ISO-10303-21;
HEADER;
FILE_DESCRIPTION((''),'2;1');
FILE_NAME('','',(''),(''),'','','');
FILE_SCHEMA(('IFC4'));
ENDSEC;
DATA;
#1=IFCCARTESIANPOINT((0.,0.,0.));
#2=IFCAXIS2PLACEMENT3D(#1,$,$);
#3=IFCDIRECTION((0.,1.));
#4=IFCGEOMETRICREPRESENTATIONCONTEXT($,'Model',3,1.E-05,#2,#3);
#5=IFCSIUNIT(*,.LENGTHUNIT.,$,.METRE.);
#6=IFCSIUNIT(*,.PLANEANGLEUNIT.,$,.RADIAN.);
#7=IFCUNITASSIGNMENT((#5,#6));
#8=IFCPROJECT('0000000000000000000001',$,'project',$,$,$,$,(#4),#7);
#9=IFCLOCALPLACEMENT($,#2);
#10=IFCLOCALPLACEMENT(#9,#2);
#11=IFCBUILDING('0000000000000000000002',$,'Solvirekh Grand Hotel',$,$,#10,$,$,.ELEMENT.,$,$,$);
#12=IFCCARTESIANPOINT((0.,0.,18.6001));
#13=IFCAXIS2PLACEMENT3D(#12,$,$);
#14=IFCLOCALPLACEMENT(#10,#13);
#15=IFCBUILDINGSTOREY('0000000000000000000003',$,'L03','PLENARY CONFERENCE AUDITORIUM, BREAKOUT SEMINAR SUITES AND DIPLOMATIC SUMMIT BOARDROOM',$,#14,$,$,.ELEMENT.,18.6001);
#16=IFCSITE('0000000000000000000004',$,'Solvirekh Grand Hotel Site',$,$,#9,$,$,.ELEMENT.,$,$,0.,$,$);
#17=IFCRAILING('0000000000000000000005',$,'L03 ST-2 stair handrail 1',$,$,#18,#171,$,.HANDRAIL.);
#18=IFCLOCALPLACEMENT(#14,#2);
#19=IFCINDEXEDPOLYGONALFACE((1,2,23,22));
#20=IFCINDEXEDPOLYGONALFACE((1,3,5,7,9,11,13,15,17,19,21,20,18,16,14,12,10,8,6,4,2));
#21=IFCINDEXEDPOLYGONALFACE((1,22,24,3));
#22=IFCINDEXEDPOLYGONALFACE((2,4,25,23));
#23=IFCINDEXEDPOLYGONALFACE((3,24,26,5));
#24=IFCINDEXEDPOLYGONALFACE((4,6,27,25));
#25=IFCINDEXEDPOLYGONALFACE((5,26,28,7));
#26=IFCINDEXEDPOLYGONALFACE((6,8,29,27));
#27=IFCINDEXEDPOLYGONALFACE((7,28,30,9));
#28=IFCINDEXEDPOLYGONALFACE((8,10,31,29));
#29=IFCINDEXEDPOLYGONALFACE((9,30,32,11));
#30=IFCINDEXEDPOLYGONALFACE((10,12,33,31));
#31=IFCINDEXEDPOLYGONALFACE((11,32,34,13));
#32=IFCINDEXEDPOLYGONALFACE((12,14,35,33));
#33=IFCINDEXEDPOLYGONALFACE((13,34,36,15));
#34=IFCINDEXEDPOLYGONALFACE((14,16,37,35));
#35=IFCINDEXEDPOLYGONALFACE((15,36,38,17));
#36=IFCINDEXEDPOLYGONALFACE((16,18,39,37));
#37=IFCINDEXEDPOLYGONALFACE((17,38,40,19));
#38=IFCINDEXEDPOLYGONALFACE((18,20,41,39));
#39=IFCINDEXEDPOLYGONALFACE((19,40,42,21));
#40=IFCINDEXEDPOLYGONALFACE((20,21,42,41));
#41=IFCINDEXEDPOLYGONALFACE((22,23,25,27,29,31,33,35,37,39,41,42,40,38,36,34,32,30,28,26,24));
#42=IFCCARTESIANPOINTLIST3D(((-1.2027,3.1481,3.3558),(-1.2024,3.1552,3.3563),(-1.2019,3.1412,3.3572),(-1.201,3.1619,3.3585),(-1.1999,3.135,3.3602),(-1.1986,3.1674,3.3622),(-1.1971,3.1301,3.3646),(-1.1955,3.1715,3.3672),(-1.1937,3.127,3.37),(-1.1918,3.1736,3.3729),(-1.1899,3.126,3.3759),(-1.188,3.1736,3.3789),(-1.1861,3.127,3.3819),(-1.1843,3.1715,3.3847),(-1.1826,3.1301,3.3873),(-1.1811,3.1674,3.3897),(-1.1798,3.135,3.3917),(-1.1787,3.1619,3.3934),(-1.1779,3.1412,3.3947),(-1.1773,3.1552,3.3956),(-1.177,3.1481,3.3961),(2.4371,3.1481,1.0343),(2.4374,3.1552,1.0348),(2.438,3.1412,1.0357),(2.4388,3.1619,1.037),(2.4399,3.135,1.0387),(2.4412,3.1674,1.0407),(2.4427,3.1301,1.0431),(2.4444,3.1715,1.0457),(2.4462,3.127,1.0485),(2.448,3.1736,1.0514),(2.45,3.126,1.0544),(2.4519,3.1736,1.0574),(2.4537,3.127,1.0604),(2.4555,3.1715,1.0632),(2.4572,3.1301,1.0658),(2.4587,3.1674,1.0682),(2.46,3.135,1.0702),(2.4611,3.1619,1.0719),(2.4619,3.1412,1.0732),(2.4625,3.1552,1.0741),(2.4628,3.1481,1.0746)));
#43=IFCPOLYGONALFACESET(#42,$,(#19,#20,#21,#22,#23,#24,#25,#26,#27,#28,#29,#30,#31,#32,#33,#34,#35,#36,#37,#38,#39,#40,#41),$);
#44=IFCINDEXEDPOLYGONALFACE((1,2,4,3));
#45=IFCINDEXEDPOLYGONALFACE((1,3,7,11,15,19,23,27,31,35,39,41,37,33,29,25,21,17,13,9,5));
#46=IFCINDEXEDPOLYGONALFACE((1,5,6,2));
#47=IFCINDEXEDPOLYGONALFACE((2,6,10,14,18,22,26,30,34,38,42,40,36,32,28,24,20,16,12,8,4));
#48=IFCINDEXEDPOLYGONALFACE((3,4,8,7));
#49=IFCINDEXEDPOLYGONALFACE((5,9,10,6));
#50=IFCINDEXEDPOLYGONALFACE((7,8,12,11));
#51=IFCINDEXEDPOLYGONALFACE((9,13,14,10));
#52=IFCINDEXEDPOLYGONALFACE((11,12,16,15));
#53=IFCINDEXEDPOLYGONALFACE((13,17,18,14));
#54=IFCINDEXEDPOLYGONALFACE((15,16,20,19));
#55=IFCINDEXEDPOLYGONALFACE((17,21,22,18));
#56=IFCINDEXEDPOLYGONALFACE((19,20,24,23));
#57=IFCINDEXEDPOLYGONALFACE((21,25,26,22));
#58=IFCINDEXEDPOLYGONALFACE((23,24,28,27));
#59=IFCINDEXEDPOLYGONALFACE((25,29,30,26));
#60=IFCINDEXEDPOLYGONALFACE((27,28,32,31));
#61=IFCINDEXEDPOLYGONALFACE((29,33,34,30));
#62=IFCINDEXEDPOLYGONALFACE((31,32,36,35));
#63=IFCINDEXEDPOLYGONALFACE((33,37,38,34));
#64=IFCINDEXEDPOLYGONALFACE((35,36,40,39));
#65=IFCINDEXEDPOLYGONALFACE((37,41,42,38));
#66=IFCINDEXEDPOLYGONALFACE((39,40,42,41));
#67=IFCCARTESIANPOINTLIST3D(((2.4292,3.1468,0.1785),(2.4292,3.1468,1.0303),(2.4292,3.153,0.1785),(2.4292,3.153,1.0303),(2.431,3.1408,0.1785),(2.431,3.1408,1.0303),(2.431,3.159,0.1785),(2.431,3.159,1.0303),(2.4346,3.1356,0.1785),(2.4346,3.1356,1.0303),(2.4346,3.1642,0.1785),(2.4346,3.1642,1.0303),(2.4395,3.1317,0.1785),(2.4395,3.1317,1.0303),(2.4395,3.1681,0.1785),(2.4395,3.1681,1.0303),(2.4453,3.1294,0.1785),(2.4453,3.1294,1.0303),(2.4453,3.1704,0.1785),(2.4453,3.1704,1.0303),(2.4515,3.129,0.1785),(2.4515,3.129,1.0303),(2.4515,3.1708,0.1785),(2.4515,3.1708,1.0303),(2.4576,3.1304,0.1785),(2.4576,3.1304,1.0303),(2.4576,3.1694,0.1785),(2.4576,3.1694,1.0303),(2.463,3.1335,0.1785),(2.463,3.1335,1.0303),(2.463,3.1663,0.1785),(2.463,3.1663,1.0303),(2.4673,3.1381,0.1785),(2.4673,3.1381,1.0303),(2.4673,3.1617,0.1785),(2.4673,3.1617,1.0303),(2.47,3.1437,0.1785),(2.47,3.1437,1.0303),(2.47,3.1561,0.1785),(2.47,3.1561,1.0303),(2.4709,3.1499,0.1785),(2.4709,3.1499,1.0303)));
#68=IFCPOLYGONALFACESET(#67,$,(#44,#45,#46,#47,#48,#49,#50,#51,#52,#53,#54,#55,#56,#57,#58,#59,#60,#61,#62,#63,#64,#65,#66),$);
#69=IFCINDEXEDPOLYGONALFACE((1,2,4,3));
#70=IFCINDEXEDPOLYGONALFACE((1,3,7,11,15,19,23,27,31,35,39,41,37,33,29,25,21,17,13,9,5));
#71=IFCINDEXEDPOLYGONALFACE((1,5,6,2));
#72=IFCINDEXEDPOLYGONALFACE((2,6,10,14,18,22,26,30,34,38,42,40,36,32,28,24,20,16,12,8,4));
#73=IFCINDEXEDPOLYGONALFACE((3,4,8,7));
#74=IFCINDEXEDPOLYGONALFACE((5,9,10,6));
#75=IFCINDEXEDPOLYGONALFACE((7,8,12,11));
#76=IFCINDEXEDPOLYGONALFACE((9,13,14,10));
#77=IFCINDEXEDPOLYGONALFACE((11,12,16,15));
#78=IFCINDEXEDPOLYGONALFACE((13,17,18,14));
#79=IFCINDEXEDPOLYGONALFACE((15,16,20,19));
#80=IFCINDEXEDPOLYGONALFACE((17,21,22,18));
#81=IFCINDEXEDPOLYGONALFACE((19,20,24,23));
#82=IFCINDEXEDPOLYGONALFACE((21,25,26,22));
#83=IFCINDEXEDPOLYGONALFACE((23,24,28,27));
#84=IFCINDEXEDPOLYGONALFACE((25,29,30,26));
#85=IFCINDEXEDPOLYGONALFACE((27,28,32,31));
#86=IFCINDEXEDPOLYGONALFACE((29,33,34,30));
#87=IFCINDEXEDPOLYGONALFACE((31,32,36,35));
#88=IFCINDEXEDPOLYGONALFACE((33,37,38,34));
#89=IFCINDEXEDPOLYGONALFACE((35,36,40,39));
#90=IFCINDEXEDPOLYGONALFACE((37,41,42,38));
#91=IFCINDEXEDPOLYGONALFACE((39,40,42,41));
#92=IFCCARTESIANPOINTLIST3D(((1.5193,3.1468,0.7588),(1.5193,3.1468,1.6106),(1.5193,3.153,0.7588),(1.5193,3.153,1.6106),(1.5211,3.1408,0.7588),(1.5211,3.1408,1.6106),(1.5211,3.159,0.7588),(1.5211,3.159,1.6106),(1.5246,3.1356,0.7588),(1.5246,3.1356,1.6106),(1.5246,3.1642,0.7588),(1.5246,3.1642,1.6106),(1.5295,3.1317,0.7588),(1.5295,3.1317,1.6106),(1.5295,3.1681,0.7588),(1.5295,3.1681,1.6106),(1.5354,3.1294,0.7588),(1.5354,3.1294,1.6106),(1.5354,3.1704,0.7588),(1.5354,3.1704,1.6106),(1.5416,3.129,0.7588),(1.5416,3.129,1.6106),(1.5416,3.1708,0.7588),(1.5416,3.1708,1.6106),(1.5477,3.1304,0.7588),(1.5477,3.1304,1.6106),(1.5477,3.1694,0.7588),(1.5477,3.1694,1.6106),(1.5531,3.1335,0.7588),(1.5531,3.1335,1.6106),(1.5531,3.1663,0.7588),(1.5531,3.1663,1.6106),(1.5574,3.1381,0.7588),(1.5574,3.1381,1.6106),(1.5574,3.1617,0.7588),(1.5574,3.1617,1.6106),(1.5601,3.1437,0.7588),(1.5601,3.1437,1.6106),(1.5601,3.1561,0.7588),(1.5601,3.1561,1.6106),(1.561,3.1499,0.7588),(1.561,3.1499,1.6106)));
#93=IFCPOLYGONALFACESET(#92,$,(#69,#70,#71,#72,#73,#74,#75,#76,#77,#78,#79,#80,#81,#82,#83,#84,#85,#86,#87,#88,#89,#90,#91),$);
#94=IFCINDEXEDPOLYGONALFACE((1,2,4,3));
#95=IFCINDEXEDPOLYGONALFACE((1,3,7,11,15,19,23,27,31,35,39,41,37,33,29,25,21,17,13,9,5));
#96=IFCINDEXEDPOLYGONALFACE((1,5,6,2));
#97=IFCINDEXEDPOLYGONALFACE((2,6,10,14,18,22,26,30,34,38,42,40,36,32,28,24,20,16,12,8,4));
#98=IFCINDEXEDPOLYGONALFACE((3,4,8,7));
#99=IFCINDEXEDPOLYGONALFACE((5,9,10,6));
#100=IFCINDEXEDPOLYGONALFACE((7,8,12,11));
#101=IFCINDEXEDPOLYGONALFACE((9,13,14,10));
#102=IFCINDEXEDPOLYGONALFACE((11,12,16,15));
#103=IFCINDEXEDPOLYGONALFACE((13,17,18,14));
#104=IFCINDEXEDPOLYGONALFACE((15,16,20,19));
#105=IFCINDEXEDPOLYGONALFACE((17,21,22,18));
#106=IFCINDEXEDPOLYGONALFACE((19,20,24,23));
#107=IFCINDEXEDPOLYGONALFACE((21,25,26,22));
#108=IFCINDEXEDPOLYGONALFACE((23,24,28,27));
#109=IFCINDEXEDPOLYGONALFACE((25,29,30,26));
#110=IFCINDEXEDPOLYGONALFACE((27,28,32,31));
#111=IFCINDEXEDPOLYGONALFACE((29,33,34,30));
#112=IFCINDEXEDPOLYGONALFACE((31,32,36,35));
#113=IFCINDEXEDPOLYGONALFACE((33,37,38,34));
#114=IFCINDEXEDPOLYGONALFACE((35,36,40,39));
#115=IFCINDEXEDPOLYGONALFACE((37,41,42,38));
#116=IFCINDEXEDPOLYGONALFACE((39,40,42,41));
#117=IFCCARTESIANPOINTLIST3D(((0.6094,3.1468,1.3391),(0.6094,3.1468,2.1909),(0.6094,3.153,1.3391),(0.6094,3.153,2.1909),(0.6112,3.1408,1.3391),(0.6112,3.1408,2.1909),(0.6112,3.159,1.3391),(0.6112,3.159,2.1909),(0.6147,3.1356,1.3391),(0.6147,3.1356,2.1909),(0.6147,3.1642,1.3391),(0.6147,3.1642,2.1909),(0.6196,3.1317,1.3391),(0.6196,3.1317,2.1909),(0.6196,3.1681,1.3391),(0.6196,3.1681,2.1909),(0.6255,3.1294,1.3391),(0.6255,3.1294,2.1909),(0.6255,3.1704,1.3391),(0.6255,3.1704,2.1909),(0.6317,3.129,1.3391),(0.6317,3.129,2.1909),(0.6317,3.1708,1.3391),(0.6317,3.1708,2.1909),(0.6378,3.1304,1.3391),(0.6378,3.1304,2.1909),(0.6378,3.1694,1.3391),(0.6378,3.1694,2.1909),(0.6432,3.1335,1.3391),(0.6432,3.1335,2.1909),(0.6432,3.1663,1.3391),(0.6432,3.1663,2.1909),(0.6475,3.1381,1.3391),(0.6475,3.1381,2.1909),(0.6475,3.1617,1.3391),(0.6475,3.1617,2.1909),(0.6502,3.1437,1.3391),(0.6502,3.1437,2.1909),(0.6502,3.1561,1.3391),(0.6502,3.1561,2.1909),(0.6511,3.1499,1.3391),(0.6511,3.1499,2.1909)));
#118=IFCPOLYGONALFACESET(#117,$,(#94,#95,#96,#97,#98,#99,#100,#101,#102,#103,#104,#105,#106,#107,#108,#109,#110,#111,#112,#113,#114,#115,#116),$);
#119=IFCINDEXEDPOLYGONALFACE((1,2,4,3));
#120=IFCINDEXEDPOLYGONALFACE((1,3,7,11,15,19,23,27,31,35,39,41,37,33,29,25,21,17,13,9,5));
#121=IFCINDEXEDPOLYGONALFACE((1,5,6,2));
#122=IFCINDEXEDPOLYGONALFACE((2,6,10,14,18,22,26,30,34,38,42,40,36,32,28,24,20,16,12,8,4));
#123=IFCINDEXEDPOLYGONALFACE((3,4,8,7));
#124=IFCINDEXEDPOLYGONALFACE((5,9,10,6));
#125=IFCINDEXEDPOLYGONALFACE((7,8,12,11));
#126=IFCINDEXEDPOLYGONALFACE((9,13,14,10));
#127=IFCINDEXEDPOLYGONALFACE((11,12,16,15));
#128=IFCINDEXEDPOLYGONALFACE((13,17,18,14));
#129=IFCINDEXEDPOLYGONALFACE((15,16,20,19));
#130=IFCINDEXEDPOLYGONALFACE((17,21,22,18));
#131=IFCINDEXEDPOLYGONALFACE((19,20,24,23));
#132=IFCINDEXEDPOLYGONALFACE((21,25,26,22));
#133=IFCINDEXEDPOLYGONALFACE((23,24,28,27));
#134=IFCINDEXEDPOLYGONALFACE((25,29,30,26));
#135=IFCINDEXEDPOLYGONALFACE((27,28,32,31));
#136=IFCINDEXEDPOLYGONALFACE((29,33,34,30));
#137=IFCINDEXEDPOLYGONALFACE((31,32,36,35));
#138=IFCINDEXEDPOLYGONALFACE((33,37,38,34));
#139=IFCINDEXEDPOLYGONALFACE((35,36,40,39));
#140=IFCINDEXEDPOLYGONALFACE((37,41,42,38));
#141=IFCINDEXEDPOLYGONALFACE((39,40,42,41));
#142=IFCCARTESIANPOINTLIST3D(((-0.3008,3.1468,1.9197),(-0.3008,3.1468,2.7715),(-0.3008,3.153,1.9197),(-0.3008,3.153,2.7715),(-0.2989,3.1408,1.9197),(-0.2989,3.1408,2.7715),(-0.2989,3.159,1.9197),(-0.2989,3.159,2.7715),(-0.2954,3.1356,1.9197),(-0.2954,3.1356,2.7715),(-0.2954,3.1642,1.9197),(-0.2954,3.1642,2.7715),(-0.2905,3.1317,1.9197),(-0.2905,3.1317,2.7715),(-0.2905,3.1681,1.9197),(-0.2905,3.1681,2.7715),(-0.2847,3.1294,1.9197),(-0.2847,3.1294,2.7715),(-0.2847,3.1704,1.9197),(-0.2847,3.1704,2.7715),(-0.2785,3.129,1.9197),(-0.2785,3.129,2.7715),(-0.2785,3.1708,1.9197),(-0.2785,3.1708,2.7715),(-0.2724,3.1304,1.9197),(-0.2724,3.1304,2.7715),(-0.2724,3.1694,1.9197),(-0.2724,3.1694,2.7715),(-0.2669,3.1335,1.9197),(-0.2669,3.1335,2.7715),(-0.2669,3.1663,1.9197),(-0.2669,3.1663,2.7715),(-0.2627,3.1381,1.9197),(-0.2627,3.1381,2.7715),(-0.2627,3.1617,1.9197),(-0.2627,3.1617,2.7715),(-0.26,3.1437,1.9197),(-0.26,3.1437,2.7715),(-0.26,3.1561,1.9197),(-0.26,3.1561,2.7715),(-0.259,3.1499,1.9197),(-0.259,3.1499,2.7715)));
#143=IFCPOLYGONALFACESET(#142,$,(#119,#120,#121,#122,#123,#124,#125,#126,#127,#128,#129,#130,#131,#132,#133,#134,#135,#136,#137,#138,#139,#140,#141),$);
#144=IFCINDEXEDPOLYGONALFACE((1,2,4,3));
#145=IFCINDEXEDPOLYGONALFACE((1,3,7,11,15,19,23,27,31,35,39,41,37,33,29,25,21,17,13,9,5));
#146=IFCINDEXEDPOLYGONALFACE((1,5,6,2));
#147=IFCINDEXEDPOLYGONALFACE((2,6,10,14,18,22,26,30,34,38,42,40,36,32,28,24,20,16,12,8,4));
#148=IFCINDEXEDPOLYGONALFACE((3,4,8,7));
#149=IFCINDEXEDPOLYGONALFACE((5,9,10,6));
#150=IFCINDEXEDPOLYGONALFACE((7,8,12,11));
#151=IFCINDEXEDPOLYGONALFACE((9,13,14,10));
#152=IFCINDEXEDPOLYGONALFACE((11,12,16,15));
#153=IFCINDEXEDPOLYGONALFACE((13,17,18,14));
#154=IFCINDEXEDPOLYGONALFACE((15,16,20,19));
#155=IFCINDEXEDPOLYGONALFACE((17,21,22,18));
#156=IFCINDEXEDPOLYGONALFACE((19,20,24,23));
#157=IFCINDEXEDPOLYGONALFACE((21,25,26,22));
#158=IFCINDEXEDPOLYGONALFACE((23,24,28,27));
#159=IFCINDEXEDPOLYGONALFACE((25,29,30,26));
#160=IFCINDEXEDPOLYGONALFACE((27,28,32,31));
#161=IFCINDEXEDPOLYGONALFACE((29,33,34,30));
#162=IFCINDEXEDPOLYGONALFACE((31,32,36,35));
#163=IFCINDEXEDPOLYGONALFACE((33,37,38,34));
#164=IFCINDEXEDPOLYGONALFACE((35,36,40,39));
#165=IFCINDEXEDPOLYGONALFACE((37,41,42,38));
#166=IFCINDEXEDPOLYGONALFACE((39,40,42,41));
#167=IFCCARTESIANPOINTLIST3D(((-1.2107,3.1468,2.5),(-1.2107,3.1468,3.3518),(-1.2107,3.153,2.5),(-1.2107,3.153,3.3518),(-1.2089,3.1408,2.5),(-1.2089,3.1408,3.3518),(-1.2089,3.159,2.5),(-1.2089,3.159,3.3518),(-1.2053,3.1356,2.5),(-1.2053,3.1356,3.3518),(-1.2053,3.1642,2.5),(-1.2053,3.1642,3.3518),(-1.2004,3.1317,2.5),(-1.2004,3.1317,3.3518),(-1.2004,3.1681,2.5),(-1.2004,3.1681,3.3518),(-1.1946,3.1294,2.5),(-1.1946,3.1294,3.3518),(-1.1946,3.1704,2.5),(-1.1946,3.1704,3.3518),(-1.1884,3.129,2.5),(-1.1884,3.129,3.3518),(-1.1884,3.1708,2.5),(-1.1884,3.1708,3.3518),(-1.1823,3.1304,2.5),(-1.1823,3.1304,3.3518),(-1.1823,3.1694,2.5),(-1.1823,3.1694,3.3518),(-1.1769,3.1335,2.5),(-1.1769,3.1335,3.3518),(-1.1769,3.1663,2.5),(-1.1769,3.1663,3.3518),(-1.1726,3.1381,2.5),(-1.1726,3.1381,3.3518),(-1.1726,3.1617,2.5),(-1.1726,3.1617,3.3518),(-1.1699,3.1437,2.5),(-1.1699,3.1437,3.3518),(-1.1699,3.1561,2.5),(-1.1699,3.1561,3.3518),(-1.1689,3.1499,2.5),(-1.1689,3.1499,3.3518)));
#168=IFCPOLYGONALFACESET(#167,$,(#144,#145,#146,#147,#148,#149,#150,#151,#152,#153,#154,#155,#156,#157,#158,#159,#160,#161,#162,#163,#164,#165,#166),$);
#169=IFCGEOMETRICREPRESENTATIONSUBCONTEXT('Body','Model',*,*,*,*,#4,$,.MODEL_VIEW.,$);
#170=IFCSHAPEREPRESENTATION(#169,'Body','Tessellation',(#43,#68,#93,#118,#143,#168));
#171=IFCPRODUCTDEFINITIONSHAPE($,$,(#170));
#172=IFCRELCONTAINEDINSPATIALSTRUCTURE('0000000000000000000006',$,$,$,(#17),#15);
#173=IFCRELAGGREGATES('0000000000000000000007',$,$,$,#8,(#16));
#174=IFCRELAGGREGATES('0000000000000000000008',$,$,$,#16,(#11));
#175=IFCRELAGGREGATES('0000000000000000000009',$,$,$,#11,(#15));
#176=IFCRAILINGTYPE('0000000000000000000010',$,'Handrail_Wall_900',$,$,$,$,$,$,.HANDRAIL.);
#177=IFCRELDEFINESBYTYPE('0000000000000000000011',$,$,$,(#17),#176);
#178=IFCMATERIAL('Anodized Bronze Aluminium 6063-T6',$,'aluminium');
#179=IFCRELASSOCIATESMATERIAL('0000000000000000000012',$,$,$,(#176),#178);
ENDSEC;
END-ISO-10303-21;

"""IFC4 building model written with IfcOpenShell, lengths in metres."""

from ifc_helpers import new_model, si_unit, direction, frame, origin, origin_2d, place, context, subcontext, project, spatial, circle, extrude, material, type_object, element, save


model = new_model("IFC4")

# Units and contexts
model_context = context("Model", 3, precision=1e-05, world=origin(), true_north=direction((0.0, 1.0)))
body_context = subcontext(model_context, "Body", "Model", "MODEL_VIEW")
ifc_project = project(units=[si_unit("LENGTHUNIT", "METRE"), si_unit("PLANEANGLEUNIT", "RADIAN")], contexts=[model_context])

# Site, building, storey
site_placement = place(None, origin())
site = spatial("IfcSite", under=ifc_project, at=site_placement, Name="Solvirekh Grand Hotel Site", CompositionType="ELEMENT", RefElevation=0.0)
building_placement = place(site_placement, origin())
building = spatial("IfcBuilding", under=site, at=building_placement, Name="Solvirekh Grand Hotel", CompositionType="ELEMENT")
storey_placement = place(building_placement, frame((0.0, 0.0, 18.6001)))
storey = spatial("IfcBuildingStorey", under=building, at=storey_placement, Name="L03", Description="PLENARY CONFERENCE AUDITORIUM, BREAKOUT SEMINAR SUITES AND DIPLOMATIC SUMMIT BOARDROOM", CompositionType="ELEMENT", Elevation=18.6001)

# Railing
ifc_material_1 = material(Name="Anodized Bronze Aluminium 6063-T6", Category="aluminium")
railing_type_1 = type_object("IfcRailingType", Name="Handrail_Wall_900", PredefinedType="HANDRAIL", material=ifc_material_1)
railing_1_placement = place(storey_placement, frame((2.45, 3.1499, 0.1785)))
element("IfcRailing", 1, at=railing_1_placement, inside=storey, type_object=railing_type_1, Name="L03 ST-2 stair handrail 1", PredefinedType="HANDRAIL", context=body_context, shape_type="SweptSolid", body=[
    extrude(circle(Radius=0.0239, at=origin_2d()), frame((0.0, 0.0, 0.876), z_axis=(-0.843112, 0.0, 0.537739), x_axis=(0.0, -1.0, 0.0)), (0.0, 0.0, 1.0), 4.3171),
    extrude(circle(Radius=0.021, at=origin_2d()), origin(), (0.0, 0.0, 1.0), 0.8518),
    extrude(circle(Radius=0.021, at=origin_2d()), frame((-0.9099, 0.0, 0.5803)), (0.0, 0.0, 1.0), 0.8518),
    extrude(circle(Radius=0.021, at=origin_2d()), frame((-1.8198, 0.0, 1.1606)), (0.0, 0.0, 1.0), 0.8518),
    extrude(circle(Radius=0.021, at=origin_2d()), frame((-2.73, 0.0, 1.7412)), (0.0, 0.0, 1.0), 0.8518),
    extrude(circle(Radius=0.021, at=origin_2d()), frame((-3.6399, 0.0, 2.3215)), (0.0, 0.0, 1.0), 0.8518),
])

save(model, "model.ifc")
